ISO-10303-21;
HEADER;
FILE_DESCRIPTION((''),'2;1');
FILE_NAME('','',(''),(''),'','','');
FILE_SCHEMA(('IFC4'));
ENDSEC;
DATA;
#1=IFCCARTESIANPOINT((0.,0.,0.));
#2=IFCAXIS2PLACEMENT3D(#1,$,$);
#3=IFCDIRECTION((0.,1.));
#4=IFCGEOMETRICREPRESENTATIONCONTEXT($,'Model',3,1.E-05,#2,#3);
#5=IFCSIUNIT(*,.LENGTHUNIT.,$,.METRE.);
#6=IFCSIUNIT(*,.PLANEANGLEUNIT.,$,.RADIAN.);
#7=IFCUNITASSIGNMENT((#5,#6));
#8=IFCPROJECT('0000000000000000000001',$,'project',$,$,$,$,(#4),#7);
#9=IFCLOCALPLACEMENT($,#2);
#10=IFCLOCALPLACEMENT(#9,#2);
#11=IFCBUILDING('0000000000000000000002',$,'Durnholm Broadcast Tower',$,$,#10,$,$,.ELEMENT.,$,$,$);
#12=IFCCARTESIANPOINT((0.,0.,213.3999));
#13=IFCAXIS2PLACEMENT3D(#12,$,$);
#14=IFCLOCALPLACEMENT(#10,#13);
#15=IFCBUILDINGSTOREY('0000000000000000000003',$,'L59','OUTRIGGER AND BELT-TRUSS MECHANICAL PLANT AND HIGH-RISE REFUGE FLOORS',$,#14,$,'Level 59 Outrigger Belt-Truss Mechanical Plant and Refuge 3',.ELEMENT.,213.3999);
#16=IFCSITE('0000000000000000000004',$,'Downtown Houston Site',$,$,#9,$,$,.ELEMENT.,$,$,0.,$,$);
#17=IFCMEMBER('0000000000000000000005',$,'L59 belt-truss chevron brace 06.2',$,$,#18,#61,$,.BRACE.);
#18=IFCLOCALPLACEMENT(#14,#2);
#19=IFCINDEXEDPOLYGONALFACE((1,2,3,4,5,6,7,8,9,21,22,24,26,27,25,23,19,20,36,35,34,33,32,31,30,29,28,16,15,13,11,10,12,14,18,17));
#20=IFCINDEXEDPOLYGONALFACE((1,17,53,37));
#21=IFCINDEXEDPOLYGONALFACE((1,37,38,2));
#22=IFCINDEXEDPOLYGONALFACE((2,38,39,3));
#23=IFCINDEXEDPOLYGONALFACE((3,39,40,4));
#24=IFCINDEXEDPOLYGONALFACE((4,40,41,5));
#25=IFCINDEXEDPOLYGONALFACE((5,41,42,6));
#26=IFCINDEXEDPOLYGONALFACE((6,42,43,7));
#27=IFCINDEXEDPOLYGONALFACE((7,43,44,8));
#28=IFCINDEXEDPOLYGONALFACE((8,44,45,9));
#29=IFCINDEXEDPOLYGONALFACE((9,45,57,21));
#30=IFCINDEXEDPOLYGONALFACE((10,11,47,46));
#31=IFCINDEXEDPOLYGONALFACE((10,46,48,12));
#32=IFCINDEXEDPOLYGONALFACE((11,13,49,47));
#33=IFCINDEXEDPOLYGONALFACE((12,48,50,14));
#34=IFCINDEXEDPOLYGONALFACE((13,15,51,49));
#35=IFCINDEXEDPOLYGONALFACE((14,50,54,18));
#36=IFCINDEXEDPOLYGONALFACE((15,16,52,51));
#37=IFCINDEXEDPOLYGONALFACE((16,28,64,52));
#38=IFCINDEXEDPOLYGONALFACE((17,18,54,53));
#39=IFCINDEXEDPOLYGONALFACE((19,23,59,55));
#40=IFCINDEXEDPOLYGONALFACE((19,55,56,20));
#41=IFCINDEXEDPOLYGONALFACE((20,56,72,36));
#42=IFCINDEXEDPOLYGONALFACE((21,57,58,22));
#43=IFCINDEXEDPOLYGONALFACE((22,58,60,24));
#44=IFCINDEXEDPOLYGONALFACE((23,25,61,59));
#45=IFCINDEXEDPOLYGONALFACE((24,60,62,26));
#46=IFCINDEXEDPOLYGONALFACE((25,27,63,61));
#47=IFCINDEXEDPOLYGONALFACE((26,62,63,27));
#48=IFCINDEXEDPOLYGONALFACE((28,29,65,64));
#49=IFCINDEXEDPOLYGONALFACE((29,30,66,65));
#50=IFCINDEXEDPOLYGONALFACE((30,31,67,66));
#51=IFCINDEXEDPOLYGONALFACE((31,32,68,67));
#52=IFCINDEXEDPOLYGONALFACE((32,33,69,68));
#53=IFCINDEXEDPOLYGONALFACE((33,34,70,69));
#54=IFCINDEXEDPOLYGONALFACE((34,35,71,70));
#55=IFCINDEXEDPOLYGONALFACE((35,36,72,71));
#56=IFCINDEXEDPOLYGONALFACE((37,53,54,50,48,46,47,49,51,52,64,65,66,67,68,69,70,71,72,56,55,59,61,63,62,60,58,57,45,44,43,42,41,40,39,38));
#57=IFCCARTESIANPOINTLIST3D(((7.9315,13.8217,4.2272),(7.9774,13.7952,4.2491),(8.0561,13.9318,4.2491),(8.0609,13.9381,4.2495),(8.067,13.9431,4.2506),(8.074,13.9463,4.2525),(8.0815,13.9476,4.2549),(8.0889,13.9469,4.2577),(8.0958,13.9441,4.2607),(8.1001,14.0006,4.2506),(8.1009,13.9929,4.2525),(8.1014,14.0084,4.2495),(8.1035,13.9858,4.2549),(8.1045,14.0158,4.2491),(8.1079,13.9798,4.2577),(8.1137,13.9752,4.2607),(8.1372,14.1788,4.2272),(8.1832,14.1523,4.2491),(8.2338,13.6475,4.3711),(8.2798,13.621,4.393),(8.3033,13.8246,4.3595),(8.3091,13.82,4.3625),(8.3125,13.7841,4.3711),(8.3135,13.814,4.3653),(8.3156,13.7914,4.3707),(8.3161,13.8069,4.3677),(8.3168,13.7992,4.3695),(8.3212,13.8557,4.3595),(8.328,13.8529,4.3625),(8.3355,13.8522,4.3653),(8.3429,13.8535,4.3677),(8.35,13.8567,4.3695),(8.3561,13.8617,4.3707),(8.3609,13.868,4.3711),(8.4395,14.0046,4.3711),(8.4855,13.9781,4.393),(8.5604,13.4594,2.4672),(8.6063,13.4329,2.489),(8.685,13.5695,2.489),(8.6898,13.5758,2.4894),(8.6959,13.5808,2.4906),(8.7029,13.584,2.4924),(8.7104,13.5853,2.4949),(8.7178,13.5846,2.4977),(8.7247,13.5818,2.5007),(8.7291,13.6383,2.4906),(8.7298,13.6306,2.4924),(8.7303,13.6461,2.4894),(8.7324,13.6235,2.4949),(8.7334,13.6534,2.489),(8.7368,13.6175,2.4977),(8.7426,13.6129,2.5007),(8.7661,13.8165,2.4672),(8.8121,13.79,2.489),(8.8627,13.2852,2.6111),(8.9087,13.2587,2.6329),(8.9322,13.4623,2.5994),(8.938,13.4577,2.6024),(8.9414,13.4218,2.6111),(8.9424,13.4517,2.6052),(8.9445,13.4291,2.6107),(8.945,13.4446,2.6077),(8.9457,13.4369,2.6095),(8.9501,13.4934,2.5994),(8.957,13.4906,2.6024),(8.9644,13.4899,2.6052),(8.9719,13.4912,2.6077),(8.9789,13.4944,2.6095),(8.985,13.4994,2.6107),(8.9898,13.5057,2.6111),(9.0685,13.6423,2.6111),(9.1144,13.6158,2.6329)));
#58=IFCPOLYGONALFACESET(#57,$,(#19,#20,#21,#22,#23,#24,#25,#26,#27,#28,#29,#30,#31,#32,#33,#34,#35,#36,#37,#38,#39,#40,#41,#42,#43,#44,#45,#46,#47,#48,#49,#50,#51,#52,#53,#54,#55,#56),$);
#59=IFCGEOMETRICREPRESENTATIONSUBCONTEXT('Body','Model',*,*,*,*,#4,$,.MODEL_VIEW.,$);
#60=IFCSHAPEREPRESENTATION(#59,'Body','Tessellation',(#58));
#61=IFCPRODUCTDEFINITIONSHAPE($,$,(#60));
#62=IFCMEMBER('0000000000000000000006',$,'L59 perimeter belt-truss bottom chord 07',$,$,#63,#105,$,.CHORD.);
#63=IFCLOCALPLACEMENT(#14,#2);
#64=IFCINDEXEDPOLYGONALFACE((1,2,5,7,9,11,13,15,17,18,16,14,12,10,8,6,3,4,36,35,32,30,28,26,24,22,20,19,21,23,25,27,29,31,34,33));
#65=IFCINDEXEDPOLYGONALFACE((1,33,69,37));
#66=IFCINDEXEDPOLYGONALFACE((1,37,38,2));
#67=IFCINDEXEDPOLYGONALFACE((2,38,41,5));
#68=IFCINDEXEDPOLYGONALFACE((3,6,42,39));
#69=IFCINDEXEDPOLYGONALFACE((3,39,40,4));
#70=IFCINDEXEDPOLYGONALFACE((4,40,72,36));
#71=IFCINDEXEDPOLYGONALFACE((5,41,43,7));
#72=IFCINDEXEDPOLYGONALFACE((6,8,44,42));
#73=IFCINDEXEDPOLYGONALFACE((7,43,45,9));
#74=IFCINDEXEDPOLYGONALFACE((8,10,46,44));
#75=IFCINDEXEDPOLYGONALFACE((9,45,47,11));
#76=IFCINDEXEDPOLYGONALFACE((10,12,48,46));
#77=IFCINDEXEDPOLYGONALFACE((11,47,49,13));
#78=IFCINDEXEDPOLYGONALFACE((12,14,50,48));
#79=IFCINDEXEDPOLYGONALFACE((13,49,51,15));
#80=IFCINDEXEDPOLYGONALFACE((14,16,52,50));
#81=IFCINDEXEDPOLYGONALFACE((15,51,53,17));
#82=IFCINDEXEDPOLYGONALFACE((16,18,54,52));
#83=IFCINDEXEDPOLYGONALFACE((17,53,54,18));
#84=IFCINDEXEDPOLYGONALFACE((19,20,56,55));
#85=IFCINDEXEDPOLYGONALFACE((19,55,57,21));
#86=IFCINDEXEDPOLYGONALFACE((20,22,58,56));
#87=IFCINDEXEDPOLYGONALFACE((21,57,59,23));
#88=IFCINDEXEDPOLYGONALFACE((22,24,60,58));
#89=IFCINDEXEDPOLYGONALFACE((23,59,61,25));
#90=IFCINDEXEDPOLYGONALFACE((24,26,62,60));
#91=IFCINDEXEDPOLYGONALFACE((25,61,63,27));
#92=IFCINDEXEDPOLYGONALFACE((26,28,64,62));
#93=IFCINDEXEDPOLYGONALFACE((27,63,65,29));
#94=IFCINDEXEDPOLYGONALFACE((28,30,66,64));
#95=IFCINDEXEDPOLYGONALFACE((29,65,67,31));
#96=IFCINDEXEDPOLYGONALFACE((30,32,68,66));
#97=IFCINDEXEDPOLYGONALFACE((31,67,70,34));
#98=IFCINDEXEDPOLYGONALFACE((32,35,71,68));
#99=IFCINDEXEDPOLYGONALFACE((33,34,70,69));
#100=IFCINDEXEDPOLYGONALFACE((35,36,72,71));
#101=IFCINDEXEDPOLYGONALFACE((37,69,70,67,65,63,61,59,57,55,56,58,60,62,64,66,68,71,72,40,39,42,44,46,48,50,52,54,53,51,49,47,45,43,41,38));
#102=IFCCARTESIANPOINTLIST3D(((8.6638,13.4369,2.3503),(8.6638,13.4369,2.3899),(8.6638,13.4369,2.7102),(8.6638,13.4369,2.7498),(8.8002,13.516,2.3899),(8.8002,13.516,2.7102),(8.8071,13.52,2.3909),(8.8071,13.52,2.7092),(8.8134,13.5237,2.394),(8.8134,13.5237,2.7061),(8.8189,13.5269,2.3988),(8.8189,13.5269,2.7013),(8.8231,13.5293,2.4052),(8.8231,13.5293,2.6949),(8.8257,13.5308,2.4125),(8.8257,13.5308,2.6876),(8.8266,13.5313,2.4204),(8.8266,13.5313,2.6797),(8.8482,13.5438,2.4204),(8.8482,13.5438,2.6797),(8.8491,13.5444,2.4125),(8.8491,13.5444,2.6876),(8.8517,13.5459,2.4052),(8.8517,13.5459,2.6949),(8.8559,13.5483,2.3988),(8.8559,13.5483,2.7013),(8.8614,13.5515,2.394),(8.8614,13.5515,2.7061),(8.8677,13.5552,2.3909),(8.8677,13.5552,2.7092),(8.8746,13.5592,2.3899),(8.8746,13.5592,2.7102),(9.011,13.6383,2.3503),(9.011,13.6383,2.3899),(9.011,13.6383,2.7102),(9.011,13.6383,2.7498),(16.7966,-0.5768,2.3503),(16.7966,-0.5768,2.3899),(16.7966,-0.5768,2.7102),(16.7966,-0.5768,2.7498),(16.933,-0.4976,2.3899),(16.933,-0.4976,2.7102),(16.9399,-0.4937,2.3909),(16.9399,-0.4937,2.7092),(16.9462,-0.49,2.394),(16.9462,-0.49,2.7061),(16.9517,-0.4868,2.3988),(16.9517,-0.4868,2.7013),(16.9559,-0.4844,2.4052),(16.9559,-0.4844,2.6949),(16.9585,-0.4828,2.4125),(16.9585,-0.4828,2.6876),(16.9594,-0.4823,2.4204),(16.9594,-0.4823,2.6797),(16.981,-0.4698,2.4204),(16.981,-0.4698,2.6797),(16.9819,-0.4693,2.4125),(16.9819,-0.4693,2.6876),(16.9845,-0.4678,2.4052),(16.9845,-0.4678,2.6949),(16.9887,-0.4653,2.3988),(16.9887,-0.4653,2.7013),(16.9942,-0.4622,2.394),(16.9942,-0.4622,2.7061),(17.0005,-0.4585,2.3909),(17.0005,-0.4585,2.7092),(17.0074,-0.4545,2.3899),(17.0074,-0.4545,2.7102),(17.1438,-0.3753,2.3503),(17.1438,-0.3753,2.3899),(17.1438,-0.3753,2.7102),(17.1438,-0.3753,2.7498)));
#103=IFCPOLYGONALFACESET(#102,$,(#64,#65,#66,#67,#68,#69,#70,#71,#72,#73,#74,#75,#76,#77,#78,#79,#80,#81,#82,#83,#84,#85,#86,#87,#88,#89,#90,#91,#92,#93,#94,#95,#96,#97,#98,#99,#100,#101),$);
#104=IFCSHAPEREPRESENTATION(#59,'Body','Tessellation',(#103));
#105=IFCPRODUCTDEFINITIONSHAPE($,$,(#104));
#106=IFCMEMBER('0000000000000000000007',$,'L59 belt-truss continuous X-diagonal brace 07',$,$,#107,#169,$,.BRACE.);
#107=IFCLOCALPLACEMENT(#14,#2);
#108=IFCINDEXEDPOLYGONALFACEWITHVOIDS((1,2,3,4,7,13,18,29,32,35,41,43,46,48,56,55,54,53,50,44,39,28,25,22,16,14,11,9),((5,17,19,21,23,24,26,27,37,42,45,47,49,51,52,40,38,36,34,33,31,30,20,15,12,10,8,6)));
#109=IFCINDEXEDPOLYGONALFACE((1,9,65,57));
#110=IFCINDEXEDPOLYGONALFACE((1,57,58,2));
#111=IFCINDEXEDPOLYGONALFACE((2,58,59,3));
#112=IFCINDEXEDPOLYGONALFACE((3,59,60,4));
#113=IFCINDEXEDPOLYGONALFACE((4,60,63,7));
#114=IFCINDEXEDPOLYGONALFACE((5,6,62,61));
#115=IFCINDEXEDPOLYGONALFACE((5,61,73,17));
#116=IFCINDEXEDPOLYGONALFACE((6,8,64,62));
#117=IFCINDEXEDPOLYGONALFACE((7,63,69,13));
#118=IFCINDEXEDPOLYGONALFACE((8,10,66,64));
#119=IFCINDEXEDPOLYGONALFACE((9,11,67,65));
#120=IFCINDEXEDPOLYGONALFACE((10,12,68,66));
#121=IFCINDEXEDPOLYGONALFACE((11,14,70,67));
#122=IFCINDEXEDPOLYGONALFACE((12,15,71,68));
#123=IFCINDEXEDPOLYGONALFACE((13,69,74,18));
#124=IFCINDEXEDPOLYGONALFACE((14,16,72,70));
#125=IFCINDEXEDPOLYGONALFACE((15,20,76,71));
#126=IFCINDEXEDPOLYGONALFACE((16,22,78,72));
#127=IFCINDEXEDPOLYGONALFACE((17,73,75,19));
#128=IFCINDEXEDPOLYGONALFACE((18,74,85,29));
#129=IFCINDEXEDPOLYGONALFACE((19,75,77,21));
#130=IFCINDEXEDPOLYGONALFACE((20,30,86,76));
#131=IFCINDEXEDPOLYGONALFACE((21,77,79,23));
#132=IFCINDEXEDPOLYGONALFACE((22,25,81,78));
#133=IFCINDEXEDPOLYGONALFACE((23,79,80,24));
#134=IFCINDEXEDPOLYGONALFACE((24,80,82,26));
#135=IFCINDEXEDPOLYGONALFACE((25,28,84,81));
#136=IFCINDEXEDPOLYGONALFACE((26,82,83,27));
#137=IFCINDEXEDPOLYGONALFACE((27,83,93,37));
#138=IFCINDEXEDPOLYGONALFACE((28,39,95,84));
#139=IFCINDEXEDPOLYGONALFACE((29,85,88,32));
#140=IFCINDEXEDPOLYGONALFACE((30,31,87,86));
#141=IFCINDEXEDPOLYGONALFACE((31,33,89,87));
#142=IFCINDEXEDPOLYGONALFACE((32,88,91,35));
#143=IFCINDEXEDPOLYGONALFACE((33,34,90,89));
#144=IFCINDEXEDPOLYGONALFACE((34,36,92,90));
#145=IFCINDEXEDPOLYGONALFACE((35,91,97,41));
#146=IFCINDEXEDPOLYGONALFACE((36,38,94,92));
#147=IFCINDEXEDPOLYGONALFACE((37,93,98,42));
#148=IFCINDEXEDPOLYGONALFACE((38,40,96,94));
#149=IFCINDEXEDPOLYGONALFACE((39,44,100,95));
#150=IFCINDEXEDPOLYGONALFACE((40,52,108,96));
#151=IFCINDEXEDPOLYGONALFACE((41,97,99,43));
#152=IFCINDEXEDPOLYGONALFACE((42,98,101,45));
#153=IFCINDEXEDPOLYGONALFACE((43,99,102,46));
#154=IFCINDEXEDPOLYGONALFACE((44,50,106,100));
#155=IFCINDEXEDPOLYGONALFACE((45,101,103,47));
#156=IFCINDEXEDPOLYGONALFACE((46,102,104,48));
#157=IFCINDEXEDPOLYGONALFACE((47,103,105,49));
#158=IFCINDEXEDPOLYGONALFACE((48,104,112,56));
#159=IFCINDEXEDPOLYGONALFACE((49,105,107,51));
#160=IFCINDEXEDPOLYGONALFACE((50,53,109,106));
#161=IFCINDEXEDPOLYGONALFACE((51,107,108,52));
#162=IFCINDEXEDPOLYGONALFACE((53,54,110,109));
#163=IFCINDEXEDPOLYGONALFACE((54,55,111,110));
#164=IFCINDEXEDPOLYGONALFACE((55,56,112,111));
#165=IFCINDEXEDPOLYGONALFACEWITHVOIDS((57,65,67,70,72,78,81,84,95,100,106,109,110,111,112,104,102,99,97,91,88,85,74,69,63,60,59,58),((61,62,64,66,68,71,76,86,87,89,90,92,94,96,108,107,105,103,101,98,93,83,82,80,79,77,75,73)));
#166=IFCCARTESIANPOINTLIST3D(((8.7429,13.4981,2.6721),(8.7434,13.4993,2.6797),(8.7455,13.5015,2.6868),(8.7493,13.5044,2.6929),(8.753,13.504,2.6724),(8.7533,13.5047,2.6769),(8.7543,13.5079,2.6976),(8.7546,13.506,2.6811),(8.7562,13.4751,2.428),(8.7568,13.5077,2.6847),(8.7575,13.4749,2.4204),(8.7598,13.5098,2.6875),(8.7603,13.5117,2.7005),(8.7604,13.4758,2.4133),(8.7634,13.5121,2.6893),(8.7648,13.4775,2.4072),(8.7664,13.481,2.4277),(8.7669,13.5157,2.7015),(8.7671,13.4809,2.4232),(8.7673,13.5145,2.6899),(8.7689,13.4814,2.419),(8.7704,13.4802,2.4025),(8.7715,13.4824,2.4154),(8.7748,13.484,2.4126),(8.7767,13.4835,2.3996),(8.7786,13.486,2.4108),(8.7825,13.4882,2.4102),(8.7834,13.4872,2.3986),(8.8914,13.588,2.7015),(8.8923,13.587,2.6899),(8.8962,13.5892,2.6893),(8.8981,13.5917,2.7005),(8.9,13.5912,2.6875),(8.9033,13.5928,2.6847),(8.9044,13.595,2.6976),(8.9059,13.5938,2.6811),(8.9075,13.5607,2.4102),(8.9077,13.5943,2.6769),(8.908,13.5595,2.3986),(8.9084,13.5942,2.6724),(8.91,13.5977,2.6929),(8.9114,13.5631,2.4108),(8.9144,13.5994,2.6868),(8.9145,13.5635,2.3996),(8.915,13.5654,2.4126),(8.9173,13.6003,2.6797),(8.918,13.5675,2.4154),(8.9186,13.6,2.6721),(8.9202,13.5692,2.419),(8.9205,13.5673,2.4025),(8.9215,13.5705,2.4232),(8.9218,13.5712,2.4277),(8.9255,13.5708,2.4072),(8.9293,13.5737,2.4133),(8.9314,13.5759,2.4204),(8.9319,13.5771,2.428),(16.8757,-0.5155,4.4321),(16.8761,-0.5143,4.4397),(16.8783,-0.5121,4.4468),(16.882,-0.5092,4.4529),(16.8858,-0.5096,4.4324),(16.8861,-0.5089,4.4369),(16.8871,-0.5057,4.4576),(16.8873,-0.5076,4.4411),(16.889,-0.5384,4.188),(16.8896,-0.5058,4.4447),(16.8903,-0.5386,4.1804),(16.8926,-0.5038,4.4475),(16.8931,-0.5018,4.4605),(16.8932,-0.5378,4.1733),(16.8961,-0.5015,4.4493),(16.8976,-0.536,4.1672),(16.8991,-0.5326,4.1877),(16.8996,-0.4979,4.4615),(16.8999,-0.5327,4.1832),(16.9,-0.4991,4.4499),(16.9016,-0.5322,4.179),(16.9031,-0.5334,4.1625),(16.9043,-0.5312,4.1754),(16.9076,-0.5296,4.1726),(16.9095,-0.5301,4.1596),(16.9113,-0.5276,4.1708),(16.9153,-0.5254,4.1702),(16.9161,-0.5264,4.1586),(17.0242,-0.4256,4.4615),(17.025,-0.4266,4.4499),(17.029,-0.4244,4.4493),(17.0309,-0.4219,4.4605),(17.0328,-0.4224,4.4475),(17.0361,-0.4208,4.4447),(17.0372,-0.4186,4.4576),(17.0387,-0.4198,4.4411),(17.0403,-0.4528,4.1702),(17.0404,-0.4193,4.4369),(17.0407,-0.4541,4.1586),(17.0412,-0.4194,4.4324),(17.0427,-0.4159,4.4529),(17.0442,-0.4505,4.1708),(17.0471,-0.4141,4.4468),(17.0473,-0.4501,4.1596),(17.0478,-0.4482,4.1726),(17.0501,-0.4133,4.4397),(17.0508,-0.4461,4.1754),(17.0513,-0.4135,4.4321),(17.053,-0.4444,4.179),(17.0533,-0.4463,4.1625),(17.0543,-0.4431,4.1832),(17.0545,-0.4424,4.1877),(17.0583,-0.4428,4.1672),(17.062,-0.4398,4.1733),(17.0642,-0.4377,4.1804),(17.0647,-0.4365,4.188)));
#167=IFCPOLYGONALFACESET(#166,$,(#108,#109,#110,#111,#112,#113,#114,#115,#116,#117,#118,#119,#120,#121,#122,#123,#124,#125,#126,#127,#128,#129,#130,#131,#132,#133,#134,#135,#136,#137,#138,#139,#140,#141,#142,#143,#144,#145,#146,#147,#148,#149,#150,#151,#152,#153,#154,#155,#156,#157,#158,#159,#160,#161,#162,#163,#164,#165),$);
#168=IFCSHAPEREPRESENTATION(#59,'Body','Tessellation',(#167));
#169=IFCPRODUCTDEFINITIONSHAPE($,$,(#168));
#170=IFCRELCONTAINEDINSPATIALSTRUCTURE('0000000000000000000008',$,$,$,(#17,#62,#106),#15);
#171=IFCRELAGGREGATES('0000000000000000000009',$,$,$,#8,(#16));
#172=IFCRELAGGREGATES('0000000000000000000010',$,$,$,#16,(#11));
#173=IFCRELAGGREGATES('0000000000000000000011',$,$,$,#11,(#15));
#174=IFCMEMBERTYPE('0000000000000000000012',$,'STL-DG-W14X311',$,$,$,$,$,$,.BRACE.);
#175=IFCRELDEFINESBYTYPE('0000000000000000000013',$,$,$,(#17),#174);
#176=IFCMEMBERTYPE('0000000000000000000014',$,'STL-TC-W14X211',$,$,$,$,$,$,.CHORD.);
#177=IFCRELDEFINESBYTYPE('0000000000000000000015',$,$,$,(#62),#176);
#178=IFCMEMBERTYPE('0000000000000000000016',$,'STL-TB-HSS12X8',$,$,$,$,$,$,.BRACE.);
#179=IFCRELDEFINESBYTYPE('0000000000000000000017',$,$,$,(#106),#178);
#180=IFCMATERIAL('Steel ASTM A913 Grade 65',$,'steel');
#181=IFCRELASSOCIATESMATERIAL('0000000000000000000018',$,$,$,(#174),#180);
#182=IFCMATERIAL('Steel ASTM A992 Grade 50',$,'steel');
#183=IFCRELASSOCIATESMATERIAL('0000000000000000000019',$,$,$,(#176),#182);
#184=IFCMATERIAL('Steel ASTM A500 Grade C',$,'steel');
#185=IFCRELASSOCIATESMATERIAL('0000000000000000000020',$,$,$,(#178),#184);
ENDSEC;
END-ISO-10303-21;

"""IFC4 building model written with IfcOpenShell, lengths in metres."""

from ifc_helpers import new_model, si_unit, direction, frame, origin, origin_2d, place, context, subcontext, project, spatial, hollow_rectangle, i_section, extrude, source, transform, mapped, material, material_profile, profile_set, type_object, type_shapes, element, save


model = new_model("IFC4")

# Units and contexts
model_context = context("Model", 3, precision=1e-05, world=origin(), true_north=direction((0.0, 1.0)))
body_context = subcontext(model_context, "Body", "Model", "MODEL_VIEW")
ifc_project = project(units=[si_unit("LENGTHUNIT", "METRE"), si_unit("PLANEANGLEUNIT", "RADIAN")], contexts=[model_context])

# Site, building, storey
site_placement = place(None, origin())
site = spatial("IfcSite", under=ifc_project, at=site_placement, Name="Downtown Houston Site", CompositionType="ELEMENT", RefElevation=0.0)
building_placement = place(site_placement, origin())
building = spatial("IfcBuilding", under=site, at=building_placement, Name="Durnholm Broadcast Tower", CompositionType="ELEMENT")
storey_placement = place(building_placement, frame((0.0, 0.0, 213.3999)))
storey = spatial("IfcBuildingStorey", under=building, at=storey_placement, Name="L59", Description="OUTRIGGER AND BELT-TRUSS MECHANICAL PLANT AND HIGH-RISE REFUGE FLOORS", LongName="Level 59 Outrigger Belt-Truss Mechanical Plant and Refuge 3", CompositionType="ELEMENT", Elevation=213.3999)

# Shared definitions
ifc_material_1 = material(Name="Steel ASTM A992 Grade 50", Category="steel")

# Members
ifc_material_2 = material(Name="Steel ASTM A913 Grade 65", Category="steel")
ifc_material_profile_1 = material_profile(ifc_material_2, i_section(OverallWidth=0.4121, OverallDepth=0.4348, WebThickness=0.0359, FlangeThickness=0.0574, FilletRadius=0.0305, at=origin_2d()), Name="W14X311")
ifc_profile_set_1 = profile_set([ifc_material_profile_1], Name="Steel ASTM A913 Grade 65")
member_type_1 = type_object("IfcMemberType", Name="STL-DG-W14X311", PredefinedType="BRACE", material=ifc_profile_set_1)
shared_shape_1 = source(origin(), body_context, "Body", "SweptSolid", [
    extrude(i_section(OverallWidth=0.4121, OverallDepth=0.4348, WebThickness=0.0359, FlangeThickness=0.0574, FilletRadius=0.0305, at=origin_2d()), origin(), (0.0, 0.0, 1.0), 1.9038),
])
type_shapes(member_type_1, [shared_shape_1])
member_1_placement = place(storey_placement, frame((8.8374, 13.5376, 2.55), z_axis=(-0.330344, 0.190307, 0.924476), x_axis=(-0.499179, -0.866499, 0.0)))
element("IfcMember", 1, at=member_1_placement, inside=storey, type_object=member_type_1, Name="L59 belt-truss chevron brace 06.2", PredefinedType="BRACE", context=body_context, shape_type="MappedRepresentation", body=[
    mapped(shared_shape_1, transform((0.0, 0.0, 0.0), x_axis=(1.0, 0.0, 0.0), y_axis=(0.0, 1.0, 0.0), z_axis=(0.0, 0.0, 1.0), scale=1.0)),
])
ifc_material_profile_2 = material_profile(ifc_material_1, i_section(OverallWidth=0.4014, OverallDepth=0.3994, WebThickness=0.0249, FlangeThickness=0.0396, FilletRadius=0.0305, at=origin_2d()), Name="W14X211")
ifc_profile_set_2 = profile_set([ifc_material_profile_2], Name="Steel ASTM A992 Grade 50")
member_type_2 = type_object("IfcMemberType", Name="STL-TC-W14X211", PredefinedType="CHORD", material=ifc_profile_set_2)
shared_shape_2 = source(origin(), body_context, "Body", "SweptSolid", [
    extrude(i_section(OverallWidth=0.4014, OverallDepth=0.3994, WebThickness=0.0249, FlangeThickness=0.0396, FilletRadius=0.0305, at=origin_2d()), origin(), (0.0, 0.0, 1.0), 16.2026),
])
type_shapes(member_type_2, [shared_shape_2])
member_2_placement = place(storey_placement, frame((8.8374, 13.5376, 2.55), z_axis=(0.501944, -0.8649, 0.0), x_axis=(0.8649, 0.501944, 0.0)))
element("IfcMember", 2, at=member_2_placement, inside=storey, type_object=member_type_2, Name="L59 perimeter belt-truss bottom chord 07", PredefinedType="CHORD", context=body_context, shape_type="MappedRepresentation", body=[
    mapped(shared_shape_2, transform((0.0, 0.0, 0.0), x_axis=(1.0, 0.0, 0.0), y_axis=(0.0, 1.0, 0.0), z_axis=(0.0, 0.0, 1.0), scale=1.0)),
])
ifc_material_3 = material(Name="Steel ASTM A500 Grade C", Category="steel")
ifc_material_profile_3 = material_profile(ifc_material_3, hollow_rectangle(XDim=0.2031, YDim=0.3047, WallThickness=0.0117, InnerFilletRadius=0.0176, OuterFilletRadius=0.0295, at=origin_2d()), Name="HSS12X8X1/2")
ifc_profile_set_3 = profile_set([ifc_material_profile_3], Name="Steel ASTM A500 Grade C")
member_type_3 = type_object("IfcMemberType", Name="STL-TB-HSS12X8", PredefinedType="BRACE", material=ifc_profile_set_3)
shared_shape_3 = source(origin(), body_context, "Body", "SweptSolid", [
    extrude(hollow_rectangle(XDim=0.2031, YDim=0.3047, WallThickness=0.0117, InnerFilletRadius=0.0176, OuterFilletRadius=0.0295, at=origin_2d()), origin(), (0.0, 0.0, 1.0), 16.2979),
])
type_shapes(member_type_3, [shared_shape_3])
member_3_placement = place(storey_placement, frame((8.8374, 13.5376, 2.55), z_axis=(0.499008, -0.859842, 0.10799), x_axis=(0.8649, 0.501944, 0.0)))
element("IfcMember", 3, at=member_3_placement, inside=storey, type_object=member_type_3, Name="L59 belt-truss continuous X-diagonal brace 07", PredefinedType="BRACE", context=body_context, shape_type="MappedRepresentation", body=[
    mapped(shared_shape_3, transform((0.0, 0.0, 0.0), x_axis=(1.0, 0.0, 0.0), y_axis=(0.0, 1.0, 0.0), z_axis=(0.0, 0.0, 1.0), scale=1.0)),
])

save(model, "model.ifc")
